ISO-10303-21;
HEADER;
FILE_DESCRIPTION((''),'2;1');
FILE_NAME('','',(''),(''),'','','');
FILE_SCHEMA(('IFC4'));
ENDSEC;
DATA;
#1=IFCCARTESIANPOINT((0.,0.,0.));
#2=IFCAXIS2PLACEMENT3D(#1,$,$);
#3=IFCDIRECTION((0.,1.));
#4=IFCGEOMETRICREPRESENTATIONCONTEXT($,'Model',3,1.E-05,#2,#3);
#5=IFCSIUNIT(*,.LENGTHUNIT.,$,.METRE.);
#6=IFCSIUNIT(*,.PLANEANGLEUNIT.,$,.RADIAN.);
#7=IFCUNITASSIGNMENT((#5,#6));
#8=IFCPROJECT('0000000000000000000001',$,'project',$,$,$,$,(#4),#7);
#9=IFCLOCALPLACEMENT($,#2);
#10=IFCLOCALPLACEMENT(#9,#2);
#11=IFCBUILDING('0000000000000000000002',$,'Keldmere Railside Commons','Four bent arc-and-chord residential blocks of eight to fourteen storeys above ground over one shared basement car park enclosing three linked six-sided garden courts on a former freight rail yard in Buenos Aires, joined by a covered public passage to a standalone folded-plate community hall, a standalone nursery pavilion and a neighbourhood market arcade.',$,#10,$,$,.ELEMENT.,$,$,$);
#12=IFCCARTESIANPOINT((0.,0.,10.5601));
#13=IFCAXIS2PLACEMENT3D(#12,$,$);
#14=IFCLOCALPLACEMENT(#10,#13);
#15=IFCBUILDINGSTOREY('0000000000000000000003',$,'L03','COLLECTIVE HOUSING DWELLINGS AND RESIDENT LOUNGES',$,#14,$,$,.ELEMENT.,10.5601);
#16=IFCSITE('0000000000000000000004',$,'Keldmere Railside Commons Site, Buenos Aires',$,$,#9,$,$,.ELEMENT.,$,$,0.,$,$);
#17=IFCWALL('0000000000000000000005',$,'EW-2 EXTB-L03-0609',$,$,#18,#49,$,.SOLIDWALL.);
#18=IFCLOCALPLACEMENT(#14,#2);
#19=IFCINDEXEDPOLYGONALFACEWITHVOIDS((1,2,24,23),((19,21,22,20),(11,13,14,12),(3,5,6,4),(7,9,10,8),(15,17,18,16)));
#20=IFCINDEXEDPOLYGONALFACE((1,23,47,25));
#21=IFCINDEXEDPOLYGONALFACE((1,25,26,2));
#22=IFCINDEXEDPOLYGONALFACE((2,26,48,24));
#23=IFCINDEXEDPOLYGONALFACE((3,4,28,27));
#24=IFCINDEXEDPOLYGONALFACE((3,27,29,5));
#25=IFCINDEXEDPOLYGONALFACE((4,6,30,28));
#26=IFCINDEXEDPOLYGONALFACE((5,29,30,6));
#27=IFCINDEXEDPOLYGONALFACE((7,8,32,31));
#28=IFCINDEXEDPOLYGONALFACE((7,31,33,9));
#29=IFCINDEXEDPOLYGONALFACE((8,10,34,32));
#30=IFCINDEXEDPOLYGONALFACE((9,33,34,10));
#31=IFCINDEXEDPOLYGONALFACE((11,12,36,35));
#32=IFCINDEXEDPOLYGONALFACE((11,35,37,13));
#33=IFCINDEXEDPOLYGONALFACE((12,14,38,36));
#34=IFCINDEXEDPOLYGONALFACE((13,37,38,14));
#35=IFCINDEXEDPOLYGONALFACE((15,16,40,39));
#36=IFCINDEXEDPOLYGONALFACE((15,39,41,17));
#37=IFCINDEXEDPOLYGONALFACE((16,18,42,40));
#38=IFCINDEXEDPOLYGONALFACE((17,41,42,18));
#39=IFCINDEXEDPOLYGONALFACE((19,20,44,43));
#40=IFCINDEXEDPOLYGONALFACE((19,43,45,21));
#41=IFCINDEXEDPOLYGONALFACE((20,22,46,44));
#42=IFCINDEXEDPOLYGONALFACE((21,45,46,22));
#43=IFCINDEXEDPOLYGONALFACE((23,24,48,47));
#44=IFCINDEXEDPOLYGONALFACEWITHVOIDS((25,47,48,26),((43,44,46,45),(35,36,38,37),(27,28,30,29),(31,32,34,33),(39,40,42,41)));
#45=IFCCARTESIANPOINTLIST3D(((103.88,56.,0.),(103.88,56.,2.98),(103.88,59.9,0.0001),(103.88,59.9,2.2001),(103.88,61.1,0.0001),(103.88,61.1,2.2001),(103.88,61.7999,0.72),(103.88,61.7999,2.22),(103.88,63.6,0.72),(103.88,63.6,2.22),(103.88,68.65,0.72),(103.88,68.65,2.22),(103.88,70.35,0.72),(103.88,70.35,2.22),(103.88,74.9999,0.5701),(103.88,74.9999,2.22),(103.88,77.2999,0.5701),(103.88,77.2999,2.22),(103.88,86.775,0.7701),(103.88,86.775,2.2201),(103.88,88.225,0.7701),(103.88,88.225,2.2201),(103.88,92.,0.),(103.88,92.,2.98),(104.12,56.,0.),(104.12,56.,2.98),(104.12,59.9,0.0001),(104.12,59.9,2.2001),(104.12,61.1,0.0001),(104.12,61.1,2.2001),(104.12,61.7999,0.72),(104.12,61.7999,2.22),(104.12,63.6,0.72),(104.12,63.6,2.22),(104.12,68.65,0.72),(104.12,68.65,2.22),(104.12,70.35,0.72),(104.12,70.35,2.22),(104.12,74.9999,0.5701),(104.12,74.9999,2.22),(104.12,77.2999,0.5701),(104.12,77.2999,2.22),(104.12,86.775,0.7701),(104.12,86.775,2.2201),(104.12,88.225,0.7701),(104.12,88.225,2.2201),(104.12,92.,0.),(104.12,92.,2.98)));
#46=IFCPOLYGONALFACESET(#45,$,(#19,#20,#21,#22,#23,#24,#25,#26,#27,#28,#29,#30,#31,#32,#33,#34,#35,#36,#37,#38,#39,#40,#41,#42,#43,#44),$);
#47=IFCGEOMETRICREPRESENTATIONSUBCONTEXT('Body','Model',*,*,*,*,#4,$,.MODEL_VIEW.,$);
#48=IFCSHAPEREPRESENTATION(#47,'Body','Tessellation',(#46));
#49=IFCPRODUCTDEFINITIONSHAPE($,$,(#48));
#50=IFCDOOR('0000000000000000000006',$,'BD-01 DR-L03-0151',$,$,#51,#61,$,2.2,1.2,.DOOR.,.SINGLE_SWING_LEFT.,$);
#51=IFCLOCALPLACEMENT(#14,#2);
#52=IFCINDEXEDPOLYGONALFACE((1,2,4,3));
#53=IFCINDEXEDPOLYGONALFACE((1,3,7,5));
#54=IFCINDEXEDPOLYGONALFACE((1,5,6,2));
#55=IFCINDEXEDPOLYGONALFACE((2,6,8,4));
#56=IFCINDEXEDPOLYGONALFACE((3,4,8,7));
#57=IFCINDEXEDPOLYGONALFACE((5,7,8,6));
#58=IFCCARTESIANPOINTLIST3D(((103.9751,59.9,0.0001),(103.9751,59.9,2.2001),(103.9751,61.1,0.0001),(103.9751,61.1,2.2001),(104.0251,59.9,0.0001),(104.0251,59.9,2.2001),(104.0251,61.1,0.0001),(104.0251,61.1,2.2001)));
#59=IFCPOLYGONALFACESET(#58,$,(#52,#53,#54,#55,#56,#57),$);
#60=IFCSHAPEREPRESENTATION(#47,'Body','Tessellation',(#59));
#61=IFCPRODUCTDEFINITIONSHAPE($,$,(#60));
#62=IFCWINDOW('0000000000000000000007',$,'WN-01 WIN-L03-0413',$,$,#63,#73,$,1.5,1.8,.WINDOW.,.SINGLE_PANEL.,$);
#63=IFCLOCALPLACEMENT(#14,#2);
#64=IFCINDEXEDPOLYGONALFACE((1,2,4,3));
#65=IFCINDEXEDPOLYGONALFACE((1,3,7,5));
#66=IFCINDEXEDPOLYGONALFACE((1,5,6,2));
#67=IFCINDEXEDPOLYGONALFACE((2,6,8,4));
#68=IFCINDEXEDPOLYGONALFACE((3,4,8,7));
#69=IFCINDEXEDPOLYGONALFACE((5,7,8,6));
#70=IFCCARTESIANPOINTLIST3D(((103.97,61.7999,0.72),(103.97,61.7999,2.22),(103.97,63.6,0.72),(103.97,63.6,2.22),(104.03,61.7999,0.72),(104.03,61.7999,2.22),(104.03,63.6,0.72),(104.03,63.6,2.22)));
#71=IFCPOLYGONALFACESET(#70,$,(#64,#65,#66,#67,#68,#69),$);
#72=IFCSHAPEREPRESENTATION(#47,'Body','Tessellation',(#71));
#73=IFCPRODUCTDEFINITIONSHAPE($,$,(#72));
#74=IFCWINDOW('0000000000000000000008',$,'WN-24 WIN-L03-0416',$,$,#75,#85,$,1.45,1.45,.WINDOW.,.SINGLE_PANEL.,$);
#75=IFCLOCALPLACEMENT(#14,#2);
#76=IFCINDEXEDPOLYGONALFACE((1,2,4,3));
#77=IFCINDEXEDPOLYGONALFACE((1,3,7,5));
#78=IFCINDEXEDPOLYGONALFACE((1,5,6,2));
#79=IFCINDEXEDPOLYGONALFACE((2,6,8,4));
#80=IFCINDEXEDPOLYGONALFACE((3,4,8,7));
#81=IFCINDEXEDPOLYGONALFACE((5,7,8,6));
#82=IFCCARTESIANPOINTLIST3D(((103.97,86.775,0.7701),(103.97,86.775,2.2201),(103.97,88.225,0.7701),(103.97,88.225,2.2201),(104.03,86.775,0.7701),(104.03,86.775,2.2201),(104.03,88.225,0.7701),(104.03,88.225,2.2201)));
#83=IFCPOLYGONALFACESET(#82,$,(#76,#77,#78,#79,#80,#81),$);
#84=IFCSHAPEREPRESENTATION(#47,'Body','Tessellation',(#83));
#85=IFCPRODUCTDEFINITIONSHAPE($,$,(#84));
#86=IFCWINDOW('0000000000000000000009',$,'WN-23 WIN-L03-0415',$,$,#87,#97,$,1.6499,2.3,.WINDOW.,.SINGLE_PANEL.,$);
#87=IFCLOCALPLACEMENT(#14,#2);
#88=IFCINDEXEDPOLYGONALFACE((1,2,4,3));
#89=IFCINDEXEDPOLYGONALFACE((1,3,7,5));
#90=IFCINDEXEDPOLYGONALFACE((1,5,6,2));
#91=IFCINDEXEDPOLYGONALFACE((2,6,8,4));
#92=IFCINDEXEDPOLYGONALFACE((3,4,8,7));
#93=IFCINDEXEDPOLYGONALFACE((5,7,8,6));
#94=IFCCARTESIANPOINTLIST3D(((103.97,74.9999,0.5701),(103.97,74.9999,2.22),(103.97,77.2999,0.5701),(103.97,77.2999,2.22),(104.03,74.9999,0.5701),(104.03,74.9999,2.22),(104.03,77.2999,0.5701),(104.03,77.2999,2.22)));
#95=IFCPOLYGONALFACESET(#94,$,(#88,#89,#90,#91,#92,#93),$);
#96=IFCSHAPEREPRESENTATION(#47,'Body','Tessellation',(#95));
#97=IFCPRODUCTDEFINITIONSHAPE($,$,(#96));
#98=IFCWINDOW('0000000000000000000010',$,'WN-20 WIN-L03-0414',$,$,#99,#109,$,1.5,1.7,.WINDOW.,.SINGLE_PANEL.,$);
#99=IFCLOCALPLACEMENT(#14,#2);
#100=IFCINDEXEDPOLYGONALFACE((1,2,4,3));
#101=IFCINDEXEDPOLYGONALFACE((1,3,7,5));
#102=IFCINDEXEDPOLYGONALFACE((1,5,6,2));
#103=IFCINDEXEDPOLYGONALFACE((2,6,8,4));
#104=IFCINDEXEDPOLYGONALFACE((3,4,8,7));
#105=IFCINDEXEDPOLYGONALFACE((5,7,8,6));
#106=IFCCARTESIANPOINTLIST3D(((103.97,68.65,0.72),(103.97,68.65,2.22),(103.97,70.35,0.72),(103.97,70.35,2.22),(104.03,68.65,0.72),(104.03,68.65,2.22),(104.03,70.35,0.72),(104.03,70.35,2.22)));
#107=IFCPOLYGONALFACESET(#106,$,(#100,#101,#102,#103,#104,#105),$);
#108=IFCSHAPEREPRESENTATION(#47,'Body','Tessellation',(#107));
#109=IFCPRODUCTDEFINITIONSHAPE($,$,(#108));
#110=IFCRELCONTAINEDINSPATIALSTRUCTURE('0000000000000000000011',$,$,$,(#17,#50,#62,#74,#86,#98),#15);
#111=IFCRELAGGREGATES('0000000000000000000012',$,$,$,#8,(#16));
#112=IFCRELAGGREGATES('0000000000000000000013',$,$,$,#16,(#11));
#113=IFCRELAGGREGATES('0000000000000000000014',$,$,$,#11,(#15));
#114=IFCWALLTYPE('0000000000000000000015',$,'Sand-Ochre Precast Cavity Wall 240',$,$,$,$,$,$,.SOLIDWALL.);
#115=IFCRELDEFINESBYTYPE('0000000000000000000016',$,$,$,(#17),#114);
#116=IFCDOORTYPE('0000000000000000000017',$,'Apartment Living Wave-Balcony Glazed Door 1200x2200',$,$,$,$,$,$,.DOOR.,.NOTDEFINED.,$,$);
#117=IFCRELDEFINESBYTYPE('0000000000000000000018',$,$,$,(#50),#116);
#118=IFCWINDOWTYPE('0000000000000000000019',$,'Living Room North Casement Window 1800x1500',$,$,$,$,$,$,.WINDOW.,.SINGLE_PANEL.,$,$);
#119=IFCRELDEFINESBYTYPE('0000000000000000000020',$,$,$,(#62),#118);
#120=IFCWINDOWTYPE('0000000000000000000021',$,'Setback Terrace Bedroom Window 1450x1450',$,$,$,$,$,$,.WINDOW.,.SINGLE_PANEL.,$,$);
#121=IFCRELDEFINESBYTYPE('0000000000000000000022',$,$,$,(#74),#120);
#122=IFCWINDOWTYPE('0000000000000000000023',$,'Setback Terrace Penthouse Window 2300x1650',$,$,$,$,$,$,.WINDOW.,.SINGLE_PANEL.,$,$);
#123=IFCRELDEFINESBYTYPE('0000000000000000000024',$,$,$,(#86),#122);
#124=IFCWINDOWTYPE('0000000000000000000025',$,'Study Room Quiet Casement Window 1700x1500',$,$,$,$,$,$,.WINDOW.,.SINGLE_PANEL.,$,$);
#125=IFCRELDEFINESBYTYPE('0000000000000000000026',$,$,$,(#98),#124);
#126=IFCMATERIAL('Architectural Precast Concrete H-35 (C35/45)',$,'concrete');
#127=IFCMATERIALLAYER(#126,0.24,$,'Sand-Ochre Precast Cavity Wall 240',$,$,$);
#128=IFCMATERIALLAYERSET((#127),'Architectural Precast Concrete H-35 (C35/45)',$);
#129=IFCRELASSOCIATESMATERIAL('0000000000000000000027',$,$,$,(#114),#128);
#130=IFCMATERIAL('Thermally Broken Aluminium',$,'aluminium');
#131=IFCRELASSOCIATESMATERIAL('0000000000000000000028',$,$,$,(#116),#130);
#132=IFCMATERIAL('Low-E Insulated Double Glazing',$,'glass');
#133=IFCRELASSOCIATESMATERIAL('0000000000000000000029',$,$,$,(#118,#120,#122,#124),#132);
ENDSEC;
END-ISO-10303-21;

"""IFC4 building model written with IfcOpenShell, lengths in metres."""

from ifc_helpers import new_model, si_unit, direction, frame, frame_2d, origin, place, context, subcontext, project, spatial, rectangle, extrude, material, layer, layer_set, type_object, element, fill, save


model = new_model("IFC4")

# Units and contexts
model_context = context("Model", 3, precision=1e-05, world=origin(), true_north=direction((0.0, 1.0)))
body_context = subcontext(model_context, "Body", "Model", "MODEL_VIEW")
ifc_project = project(units=[si_unit("LENGTHUNIT", "METRE"), si_unit("PLANEANGLEUNIT", "RADIAN")], contexts=[model_context])

# Site, building, storey
site_placement = place(None, origin())
site = spatial("IfcSite", under=ifc_project, at=site_placement, Name="Keldmere Railside Commons Site, Buenos Aires", CompositionType="ELEMENT", RefElevation=0.0)
building_placement = place(site_placement, origin())
building = spatial("IfcBuilding", under=site, at=building_placement, Name="Keldmere Railside Commons", Description="Four bent arc-and-chord residential blocks of eight to fourteen storeys above ground over one shared basement car park enclosing three linked six-sided garden courts on a former freight rail yard in Buenos Aires, joined by a covered public passage to a standalone folded-plate community hall, a standalone nursery pavilion and a neighbourhood market arcade.", CompositionType="ELEMENT")
storey_placement = place(building_placement, frame((0.0, 0.0, 10.5601)))
storey = spatial("IfcBuildingStorey", under=building, at=storey_placement, Name="L03", Description="COLLECTIVE HOUSING DWELLINGS AND RESIDENT LOUNGES", CompositionType="ELEMENT", Elevation=10.5601)

# Wall, openings, door, windows
ifc_material_1 = material(Name="Architectural Precast Concrete H-35 (C35/45)", Category="concrete")
ifc_layer_1 = layer(ifc_material_1, 0.24, Name="Sand-Ochre Precast Cavity Wall 240")
ifc_layer_set_1 = layer_set([ifc_layer_1], Name="Architectural Precast Concrete H-35 (C35/45)")
wall_type_1 = type_object("IfcWallType", Name="Sand-Ochre Precast Cavity Wall 240", PredefinedType="SOLIDWALL", material=ifc_layer_set_1)
wall_1_placement = place(storey_placement, frame((104.0, 56.0, 0.0), z_axis=(0.0, 0.0, 1.0), x_axis=(0.0, 1.0, 0.0)))
wall_1 = element("IfcWall", 1, at=wall_1_placement, inside=storey, type_object=wall_type_1, Name="EW-2 EXTB-L03-0609", PredefinedType="SOLIDWALL", context=body_context, shape_type="SweptSolid", body=[
    extrude(rectangle(XDim=36.0, YDim=0.24, at=frame_2d((18.0, 0.0))), origin(), (0.0, 0.0, 1.0), 2.98),
])
opening_1_placement = place(wall_1_placement, frame((3.8999, 0.0, 0.0)))
opening_1 = element("IfcOpeningElement", 2, at=opening_1_placement, cuts=wall_1, PredefinedType="OPENING", context=body_context, shape_type="SweptSolid", body=[
    extrude(rectangle(XDim=1.2, YDim=2.2, at=frame_2d((0.6001, 1.1001))), frame((0.0, 0.1299, 0.0), z_axis=(0.0, -1.0, 0.0), x_axis=(1.0, 0.0, 0.0)), (0.0, 0.0, 1.0), 0.26),
])
opening_2_placement = place(wall_1_placement, frame((5.8, 0.0, 0.72)))
opening_2 = element("IfcOpeningElement", 3, at=opening_2_placement, cuts=wall_1, PredefinedType="OPENING", context=body_context, shape_type="SweptSolid", body=[
    extrude(rectangle(XDim=1.8, YDim=1.5, at=frame_2d((0.8999, 0.75))), frame((0.0, 0.1299, 0.0), z_axis=(0.0, -1.0, 0.0), x_axis=(1.0, 0.0, 0.0)), (0.0, 0.0, 1.0), 0.26),
])
opening_3_placement = place(wall_1_placement, frame((12.6499, 0.0, 0.72)))
opening_3 = element("IfcOpeningElement", 4, at=opening_3_placement, cuts=wall_1, PredefinedType="OPENING", context=body_context, shape_type="SweptSolid", body=[
    extrude(rectangle(XDim=1.7, YDim=1.5, at=frame_2d((0.8501, 0.75))), frame((0.0, 0.1299, 0.0), z_axis=(0.0, -1.0, 0.0), x_axis=(1.0, 0.0, 0.0)), (0.0, 0.0, 1.0), 0.26),
])
opening_4_placement = place(wall_1_placement, frame((19.0, 0.0, 0.5701)))
opening_4 = element("IfcOpeningElement", 5, at=opening_4_placement, cuts=wall_1, PredefinedType="OPENING", context=body_context, shape_type="SweptSolid", body=[
    extrude(rectangle(XDim=2.3, YDim=1.6499, at=frame_2d((1.1499, 0.825))), frame((0.0, 0.1299, 0.0), z_axis=(0.0, -1.0, 0.0), x_axis=(1.0, 0.0, 0.0)), (0.0, 0.0, 1.0), 0.26),
])
opening_5_placement = place(wall_1_placement, frame((30.7749, 0.0, 0.77)))
opening_5 = element("IfcOpeningElement", 6, at=opening_5_placement, cuts=wall_1, PredefinedType="OPENING", context=body_context, shape_type="SweptSolid", body=[
    extrude(rectangle(XDim=1.45, YDim=1.45, at=frame_2d((0.7251, 0.7251))), frame((0.0, 0.1299, 0.0), z_axis=(0.0, -1.0, 0.0), x_axis=(1.0, 0.0, 0.0)), (0.0, 0.0, 1.0), 0.26),
])
ifc_material_2 = material(Name="Thermally Broken Aluminium", Category="aluminium")
door_type_1 = type_object("IfcDoorType", Name="Apartment Living Wave-Balcony Glazed Door 1200x2200", OperationType="NOTDEFINED", PredefinedType="DOOR", material=ifc_material_2)
door_1_placement = place(opening_1_placement, origin())
door_1 = element("IfcDoor", 7, at=door_1_placement, inside=storey, type_object=door_type_1, Name="BD-01 DR-L03-0151", OperationType="SINGLE_SWING_LEFT", OverallHeight=2.2, OverallWidth=1.2, PredefinedType="DOOR", context=body_context, shape_type="SweptSolid", body=[
    extrude(rectangle(XDim=1.2, YDim=2.2, at=frame_2d((0.6001, 1.1001))), frame((0.0, 0.0249, 0.0), z_axis=(0.0, -1.0, 0.0), x_axis=(1.0, 0.0, 0.0)), (0.0, 0.0, 1.0), 0.05),
])
fill(opening_1, door_1)
ifc_material_3 = material(Name="Low-E Insulated Double Glazing", Category="glass")
window_type_1 = type_object("IfcWindowType", Name="Living Room North Casement Window 1800x1500", PartitioningType="SINGLE_PANEL", PredefinedType="WINDOW", material=ifc_material_3)
window_1_placement = place(opening_2_placement, origin())
window_1 = element("IfcWindow", 8, at=window_1_placement, inside=storey, type_object=window_type_1, Name="WN-01 WIN-L03-0413", OverallHeight=1.5, OverallWidth=1.8, PartitioningType="SINGLE_PANEL", PredefinedType="WINDOW", context=body_context, shape_type="SweptSolid", body=[
    extrude(rectangle(XDim=1.8, YDim=1.5, at=frame_2d((0.8999, 0.75))), frame((0.0, 0.03, 0.0), z_axis=(0.0, -1.0, 0.0), x_axis=(1.0, 0.0, 0.0)), (0.0, 0.0, 1.0), 0.0601),
])
fill(opening_2, window_1)
window_type_2 = type_object("IfcWindowType", Name="Setback Terrace Bedroom Window 1450x1450", PartitioningType="SINGLE_PANEL", PredefinedType="WINDOW", material=ifc_material_3)
window_2_placement = place(opening_5_placement, origin())
window_2 = element("IfcWindow", 9, at=window_2_placement, inside=storey, type_object=window_type_2, Name="WN-24 WIN-L03-0416", OverallHeight=1.45, OverallWidth=1.45, PartitioningType="SINGLE_PANEL", PredefinedType="WINDOW", context=body_context, shape_type="SweptSolid", body=[
    extrude(rectangle(XDim=1.45, YDim=1.45, at=frame_2d((0.7251, 0.7251))), frame((0.0, 0.03, 0.0), z_axis=(0.0, -1.0, 0.0), x_axis=(1.0, 0.0, 0.0)), (0.0, 0.0, 1.0), 0.0601),
])
fill(opening_5, window_2)
window_type_3 = type_object("IfcWindowType", Name="Setback Terrace Penthouse Window 2300x1650", PartitioningType="SINGLE_PANEL", PredefinedType="WINDOW", material=ifc_material_3)
window_3_placement = place(opening_4_placement, origin())
window_3 = element("IfcWindow", 10, at=window_3_placement, inside=storey, type_object=window_type_3, Name="WN-23 WIN-L03-0415", OverallHeight=1.6499, OverallWidth=2.3, PartitioningType="SINGLE_PANEL", PredefinedType="WINDOW", context=body_context, shape_type="SweptSolid", body=[
    extrude(rectangle(XDim=2.3, YDim=1.6499, at=frame_2d((1.1499, 0.825))), frame((0.0, 0.03, 0.0), z_axis=(0.0, -1.0, 0.0), x_axis=(1.0, 0.0, 0.0)), (0.0, 0.0, 1.0), 0.0601),
])
fill(opening_4, window_3)
window_type_4 = type_object("IfcWindowType", Name="Study Room Quiet Casement Window 1700x1500", PartitioningType="SINGLE_PANEL", PredefinedType="WINDOW", material=ifc_material_3)
window_4_placement = place(opening_3_placement, origin())
window_4 = element("IfcWindow", 11, at=window_4_placement, inside=storey, type_object=window_type_4, Name="WN-20 WIN-L03-0414", OverallHeight=1.5, OverallWidth=1.7, PartitioningType="SINGLE_PANEL", PredefinedType="WINDOW", context=body_context, shape_type="SweptSolid", body=[
    extrude(rectangle(XDim=1.7, YDim=1.5, at=frame_2d((0.8501, 0.75))), frame((0.0, 0.03, 0.0), z_axis=(0.0, -1.0, 0.0), x_axis=(1.0, 0.0, 0.0)), (0.0, 0.0, 1.0), 0.0601),
])
fill(opening_3, window_4)

save(model, "model.ifc")
